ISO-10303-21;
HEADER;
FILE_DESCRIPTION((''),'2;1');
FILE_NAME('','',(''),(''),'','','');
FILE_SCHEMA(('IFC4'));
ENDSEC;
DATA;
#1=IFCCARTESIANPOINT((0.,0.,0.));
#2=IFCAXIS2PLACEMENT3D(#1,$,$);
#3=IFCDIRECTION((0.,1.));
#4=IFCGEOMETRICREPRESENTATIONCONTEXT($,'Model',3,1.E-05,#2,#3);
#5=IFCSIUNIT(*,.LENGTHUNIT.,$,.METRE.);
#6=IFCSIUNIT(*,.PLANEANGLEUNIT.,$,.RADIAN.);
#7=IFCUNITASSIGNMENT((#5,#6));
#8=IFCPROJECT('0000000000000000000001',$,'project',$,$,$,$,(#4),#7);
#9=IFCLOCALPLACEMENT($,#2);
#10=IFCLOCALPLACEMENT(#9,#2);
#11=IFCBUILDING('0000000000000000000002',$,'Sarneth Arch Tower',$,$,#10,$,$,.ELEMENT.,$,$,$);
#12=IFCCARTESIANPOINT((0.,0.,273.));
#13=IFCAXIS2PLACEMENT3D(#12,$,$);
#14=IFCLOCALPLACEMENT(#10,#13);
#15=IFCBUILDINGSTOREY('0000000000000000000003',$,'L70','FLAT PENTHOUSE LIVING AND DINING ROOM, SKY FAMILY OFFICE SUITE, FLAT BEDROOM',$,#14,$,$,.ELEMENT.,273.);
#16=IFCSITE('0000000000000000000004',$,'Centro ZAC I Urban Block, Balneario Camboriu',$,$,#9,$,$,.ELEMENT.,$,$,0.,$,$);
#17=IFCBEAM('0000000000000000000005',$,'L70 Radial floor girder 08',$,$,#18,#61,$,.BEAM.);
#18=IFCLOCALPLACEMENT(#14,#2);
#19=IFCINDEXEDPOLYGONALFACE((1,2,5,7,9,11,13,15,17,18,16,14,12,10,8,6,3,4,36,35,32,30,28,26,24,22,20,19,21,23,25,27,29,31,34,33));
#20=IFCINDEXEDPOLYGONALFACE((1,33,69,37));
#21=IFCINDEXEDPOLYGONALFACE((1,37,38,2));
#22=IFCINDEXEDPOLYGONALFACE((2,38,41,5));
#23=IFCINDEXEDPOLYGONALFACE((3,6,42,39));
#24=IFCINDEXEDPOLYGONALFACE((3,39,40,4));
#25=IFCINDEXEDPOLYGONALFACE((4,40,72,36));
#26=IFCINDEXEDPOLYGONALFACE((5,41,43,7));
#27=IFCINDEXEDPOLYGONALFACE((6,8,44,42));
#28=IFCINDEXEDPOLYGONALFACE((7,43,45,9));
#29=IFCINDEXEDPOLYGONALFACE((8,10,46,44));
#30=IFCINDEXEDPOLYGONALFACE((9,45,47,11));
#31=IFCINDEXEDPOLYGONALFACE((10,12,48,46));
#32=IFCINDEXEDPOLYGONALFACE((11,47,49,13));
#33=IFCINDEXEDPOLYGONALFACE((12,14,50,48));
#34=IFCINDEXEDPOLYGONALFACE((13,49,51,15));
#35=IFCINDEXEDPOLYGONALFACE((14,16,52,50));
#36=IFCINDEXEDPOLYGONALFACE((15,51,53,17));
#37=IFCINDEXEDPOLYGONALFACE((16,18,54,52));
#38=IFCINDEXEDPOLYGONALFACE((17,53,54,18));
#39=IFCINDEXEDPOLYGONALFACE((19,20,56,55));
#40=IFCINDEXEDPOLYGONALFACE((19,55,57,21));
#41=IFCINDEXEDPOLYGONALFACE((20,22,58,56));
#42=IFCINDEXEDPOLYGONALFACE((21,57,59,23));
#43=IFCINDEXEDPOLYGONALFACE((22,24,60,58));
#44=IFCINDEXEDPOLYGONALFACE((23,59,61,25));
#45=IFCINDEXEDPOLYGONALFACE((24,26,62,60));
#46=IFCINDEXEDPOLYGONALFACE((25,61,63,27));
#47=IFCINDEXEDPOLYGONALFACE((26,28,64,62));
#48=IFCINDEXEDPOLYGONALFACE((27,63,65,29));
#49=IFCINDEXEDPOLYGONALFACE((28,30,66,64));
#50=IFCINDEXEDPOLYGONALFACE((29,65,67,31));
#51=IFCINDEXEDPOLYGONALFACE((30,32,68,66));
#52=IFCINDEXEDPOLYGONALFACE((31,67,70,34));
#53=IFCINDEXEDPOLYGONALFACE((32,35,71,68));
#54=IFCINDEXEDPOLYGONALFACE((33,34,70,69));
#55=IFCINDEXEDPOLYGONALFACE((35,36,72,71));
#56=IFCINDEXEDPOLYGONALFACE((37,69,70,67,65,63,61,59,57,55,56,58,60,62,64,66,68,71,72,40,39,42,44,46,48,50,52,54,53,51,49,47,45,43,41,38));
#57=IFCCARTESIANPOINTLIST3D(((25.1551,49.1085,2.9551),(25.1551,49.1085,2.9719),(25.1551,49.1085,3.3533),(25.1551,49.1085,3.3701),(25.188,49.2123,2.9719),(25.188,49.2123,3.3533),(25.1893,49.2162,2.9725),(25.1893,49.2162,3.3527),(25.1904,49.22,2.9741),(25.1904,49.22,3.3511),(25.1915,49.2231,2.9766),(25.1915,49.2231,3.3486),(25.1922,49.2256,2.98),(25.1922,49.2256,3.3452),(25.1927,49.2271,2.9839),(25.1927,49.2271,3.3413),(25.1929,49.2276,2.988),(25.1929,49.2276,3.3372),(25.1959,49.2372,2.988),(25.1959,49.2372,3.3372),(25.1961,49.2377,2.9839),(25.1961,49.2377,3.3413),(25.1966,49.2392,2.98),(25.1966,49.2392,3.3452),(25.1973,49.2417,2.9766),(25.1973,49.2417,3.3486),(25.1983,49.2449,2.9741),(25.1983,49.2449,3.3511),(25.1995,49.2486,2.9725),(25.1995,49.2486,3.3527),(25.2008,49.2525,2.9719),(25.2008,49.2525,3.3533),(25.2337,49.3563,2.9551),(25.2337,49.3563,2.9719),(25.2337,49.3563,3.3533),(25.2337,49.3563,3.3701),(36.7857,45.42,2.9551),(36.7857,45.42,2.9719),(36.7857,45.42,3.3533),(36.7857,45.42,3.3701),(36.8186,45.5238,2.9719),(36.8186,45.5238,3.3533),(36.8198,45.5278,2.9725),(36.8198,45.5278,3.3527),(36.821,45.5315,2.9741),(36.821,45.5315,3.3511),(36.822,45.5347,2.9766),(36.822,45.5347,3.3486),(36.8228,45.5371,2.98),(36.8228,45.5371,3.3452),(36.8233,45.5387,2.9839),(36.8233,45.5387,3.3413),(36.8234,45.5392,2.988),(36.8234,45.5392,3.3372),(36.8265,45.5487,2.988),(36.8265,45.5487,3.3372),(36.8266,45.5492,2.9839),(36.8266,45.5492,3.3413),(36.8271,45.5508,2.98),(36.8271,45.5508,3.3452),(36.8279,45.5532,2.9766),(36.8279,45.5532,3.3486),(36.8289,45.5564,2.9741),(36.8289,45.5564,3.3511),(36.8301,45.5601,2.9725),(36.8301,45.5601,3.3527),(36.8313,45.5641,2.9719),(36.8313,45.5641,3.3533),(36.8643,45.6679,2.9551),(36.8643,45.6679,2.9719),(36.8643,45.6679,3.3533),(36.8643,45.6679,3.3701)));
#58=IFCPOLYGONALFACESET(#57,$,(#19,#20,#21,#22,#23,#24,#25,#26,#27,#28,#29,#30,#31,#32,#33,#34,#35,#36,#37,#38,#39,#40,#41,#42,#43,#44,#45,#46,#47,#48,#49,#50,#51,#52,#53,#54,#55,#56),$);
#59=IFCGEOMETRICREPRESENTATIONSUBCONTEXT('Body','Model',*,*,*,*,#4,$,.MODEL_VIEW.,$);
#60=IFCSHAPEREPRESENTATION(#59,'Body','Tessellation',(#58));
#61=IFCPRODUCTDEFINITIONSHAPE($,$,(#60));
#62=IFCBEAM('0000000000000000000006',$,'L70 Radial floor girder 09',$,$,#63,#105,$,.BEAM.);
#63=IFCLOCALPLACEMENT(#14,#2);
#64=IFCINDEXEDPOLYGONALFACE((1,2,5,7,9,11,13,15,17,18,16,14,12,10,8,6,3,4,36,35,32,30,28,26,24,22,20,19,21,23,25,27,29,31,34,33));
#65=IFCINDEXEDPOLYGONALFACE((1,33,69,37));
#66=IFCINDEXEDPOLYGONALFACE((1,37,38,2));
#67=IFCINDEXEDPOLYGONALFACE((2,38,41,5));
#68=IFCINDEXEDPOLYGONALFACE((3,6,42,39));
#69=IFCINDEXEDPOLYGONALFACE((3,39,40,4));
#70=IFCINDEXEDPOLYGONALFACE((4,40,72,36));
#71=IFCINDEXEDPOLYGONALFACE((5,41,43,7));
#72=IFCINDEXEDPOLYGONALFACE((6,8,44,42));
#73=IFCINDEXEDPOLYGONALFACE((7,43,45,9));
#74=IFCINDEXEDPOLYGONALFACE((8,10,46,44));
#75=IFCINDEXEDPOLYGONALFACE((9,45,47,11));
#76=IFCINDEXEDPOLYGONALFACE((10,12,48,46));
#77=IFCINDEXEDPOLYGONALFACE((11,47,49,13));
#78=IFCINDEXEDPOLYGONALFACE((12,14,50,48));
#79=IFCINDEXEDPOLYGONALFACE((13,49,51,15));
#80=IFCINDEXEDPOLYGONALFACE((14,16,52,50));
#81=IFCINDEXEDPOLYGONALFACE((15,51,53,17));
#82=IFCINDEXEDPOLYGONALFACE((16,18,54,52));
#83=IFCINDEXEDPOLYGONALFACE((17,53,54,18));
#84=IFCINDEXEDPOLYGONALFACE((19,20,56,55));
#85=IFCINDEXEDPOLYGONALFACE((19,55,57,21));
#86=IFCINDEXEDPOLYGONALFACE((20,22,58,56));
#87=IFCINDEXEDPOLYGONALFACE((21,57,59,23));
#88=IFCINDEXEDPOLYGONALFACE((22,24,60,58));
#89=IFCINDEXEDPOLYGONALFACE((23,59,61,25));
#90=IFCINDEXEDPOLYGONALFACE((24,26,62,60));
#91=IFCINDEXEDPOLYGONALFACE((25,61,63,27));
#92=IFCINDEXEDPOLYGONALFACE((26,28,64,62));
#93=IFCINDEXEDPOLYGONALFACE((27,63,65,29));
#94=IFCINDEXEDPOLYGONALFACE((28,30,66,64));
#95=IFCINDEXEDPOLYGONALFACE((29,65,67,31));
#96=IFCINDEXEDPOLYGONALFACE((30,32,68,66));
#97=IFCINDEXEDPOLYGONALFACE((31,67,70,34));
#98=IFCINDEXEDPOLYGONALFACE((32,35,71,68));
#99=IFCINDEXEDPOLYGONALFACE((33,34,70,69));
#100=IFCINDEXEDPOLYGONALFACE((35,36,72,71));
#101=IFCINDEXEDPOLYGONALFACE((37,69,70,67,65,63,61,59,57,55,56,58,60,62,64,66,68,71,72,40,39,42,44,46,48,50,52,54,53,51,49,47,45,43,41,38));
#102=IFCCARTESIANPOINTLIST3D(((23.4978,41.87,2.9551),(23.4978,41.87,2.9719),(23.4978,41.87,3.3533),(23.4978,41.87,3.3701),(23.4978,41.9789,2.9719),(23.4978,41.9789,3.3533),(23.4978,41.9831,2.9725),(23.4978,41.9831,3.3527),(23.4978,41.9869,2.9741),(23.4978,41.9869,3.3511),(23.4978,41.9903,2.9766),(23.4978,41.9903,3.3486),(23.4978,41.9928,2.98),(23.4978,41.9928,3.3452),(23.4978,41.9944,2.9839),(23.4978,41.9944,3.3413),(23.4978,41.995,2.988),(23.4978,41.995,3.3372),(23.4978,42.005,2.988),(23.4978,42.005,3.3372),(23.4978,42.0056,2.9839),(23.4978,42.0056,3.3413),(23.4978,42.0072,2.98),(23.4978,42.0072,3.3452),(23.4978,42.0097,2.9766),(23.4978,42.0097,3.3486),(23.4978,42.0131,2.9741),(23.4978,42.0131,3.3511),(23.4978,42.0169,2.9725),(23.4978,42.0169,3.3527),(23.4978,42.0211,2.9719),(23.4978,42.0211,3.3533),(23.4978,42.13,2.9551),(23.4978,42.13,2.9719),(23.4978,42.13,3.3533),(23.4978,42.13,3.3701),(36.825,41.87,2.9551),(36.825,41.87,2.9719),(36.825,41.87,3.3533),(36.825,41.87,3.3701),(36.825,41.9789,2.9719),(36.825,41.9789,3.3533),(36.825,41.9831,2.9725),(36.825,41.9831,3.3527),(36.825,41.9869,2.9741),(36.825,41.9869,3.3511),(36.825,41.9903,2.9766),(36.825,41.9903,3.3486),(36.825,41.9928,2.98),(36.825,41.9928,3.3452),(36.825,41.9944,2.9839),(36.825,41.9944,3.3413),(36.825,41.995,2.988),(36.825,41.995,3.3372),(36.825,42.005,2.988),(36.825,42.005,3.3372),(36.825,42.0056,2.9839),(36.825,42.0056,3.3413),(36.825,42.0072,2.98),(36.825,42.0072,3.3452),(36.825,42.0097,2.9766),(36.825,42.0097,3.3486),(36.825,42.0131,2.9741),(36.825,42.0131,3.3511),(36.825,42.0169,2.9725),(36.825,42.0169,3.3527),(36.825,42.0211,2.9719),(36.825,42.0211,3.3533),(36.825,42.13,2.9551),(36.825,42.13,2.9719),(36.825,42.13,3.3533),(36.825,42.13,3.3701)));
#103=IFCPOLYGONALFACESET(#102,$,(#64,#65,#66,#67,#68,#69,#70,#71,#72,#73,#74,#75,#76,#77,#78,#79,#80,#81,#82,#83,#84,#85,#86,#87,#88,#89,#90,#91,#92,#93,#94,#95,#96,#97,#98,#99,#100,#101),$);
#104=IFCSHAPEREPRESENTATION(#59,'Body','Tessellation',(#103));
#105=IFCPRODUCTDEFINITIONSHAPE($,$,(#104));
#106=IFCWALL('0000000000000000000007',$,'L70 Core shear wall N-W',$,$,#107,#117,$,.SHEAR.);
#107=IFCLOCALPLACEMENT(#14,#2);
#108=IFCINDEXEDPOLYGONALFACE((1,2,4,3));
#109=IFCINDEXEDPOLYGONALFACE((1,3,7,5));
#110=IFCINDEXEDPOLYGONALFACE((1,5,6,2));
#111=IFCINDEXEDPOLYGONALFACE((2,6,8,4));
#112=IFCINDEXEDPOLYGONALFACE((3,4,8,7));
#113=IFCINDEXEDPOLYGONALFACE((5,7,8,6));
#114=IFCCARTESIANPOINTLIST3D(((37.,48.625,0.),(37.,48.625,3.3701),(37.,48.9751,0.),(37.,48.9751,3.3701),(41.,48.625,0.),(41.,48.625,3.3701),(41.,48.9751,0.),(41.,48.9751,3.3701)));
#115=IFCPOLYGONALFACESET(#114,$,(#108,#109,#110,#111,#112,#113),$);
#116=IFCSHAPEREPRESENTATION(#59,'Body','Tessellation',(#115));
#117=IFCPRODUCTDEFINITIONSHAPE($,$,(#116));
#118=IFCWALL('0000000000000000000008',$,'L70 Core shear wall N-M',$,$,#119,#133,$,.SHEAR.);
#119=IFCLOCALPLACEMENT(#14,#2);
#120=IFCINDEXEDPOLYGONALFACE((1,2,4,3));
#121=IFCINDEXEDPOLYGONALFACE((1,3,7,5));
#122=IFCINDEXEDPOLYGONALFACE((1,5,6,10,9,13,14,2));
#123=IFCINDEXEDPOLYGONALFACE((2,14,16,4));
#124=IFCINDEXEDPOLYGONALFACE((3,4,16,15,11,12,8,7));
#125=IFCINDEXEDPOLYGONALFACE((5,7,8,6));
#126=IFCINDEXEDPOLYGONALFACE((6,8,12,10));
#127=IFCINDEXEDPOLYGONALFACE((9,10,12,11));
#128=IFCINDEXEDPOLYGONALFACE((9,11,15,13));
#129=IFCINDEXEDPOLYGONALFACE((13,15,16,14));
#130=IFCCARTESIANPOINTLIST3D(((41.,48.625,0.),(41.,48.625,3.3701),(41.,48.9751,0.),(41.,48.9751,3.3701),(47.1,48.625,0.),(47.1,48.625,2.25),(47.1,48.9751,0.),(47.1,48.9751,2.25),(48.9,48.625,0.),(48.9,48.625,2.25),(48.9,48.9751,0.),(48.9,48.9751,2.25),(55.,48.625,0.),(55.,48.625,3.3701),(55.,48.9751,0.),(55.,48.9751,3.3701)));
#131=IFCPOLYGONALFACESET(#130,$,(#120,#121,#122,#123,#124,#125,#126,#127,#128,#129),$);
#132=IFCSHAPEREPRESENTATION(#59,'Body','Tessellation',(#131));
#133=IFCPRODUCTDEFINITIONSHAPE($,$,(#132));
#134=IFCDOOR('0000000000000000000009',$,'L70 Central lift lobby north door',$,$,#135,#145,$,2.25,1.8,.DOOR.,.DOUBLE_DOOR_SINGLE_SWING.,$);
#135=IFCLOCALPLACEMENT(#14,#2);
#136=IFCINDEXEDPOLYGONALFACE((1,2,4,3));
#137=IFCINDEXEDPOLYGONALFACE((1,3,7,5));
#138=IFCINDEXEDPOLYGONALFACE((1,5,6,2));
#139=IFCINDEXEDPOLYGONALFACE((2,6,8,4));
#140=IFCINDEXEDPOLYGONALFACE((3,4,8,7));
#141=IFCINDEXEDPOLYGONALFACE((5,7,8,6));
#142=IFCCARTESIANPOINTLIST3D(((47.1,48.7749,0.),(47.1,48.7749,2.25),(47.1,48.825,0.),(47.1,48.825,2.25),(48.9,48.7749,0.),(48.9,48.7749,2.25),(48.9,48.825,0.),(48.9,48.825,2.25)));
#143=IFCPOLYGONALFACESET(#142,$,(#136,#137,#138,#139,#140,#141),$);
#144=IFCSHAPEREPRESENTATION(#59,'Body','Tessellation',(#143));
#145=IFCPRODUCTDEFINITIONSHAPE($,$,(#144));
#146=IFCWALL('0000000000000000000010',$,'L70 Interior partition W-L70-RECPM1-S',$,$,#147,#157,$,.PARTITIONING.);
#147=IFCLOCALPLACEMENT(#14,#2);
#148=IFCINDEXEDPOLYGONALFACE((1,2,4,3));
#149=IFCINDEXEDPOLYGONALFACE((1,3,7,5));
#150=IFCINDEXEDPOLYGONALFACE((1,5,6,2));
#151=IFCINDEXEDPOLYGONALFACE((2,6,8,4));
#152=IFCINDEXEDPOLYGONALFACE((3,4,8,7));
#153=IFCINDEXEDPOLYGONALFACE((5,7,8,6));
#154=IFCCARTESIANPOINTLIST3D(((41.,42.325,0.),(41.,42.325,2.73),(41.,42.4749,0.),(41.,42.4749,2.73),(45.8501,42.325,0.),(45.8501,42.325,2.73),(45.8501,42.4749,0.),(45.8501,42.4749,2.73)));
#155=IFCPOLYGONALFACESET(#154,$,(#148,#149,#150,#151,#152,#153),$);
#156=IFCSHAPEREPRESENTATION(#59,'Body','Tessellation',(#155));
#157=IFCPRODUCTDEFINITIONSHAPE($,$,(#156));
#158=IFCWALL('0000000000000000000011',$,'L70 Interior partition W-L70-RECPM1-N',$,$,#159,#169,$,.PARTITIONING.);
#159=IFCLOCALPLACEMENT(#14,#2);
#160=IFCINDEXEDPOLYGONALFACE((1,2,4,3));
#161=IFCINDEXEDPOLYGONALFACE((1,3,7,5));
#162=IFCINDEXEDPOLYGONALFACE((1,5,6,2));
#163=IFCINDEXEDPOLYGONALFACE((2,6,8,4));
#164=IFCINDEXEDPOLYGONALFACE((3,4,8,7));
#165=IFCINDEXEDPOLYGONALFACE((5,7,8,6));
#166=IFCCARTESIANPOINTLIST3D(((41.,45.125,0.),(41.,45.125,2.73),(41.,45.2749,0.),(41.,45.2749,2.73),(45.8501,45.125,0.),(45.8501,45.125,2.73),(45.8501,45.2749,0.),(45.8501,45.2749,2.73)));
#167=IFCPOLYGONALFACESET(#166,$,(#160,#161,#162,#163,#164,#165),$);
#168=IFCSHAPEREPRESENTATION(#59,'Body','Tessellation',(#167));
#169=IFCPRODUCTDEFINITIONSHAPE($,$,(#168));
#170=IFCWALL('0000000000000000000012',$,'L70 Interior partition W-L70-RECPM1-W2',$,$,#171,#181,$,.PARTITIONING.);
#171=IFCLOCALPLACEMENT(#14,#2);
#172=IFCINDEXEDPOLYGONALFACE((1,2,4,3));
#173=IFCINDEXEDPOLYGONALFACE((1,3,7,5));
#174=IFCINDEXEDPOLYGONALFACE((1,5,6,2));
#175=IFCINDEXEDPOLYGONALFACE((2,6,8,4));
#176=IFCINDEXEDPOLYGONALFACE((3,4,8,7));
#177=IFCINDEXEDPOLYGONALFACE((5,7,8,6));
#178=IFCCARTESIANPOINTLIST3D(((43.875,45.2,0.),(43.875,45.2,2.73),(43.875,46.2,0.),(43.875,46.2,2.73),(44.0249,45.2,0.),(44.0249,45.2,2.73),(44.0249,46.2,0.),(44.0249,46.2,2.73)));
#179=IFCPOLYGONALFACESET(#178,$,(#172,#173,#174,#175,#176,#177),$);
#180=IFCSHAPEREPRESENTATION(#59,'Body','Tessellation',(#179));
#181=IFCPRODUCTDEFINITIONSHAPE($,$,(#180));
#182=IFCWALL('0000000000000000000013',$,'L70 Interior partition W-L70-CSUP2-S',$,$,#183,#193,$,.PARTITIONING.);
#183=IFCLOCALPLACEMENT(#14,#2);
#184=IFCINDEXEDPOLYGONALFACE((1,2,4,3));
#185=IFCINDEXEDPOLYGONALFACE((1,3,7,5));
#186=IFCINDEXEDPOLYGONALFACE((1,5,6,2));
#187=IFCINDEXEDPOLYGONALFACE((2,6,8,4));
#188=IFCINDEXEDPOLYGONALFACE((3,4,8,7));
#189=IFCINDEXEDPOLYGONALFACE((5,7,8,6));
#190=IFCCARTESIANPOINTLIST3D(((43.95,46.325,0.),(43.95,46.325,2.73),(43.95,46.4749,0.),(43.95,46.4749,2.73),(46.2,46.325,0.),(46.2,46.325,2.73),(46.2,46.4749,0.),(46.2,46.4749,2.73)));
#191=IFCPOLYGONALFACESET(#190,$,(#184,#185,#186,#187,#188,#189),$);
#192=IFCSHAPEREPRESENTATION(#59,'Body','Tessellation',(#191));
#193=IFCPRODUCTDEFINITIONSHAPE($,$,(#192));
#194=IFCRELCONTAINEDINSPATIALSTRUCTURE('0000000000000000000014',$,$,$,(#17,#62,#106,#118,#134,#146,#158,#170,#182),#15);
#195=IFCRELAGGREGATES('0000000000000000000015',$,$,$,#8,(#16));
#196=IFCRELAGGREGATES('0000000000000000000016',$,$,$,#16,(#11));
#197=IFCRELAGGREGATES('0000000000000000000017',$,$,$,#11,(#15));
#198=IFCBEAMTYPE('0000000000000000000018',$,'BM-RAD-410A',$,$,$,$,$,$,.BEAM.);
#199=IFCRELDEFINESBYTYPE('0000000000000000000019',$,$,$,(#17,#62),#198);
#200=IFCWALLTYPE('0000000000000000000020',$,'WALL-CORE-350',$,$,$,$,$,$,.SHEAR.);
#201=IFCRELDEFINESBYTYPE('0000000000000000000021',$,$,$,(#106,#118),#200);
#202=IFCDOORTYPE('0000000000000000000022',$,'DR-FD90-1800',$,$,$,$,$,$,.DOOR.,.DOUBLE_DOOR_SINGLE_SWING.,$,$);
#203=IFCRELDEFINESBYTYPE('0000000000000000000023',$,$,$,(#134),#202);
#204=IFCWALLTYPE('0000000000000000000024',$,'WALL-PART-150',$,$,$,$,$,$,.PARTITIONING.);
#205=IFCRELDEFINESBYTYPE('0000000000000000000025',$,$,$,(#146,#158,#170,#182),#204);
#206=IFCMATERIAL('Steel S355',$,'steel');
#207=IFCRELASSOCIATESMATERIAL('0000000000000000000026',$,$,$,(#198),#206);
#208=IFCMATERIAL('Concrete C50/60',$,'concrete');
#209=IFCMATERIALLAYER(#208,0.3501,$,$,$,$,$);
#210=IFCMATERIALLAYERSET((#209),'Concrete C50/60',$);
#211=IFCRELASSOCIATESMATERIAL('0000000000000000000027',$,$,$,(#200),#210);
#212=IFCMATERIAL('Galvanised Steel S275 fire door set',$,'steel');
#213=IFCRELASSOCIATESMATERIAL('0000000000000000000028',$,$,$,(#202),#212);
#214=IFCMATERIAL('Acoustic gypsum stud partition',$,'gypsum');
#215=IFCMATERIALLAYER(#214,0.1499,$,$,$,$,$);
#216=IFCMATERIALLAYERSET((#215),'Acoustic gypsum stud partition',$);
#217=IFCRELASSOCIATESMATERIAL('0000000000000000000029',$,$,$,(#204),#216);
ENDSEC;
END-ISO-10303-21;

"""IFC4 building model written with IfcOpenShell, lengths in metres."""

from ifc_helpers import new_model, si_unit, direction, frame, frame_2d, origin, origin_2d, place, context, subcontext, project, spatial, rectangle, i_section, extrude, material, layer, layer_set, material_profile, profile_set, type_object, element, fill, save


model = new_model("IFC4")

# Units and contexts
model_context = context("Model", 3, precision=1e-05, world=origin(), true_north=direction((0.0, 1.0)))
body_context = subcontext(model_context, "Body", "Model", "MODEL_VIEW")
ifc_project = project(units=[si_unit("LENGTHUNIT", "METRE"), si_unit("PLANEANGLEUNIT", "RADIAN")], contexts=[model_context])

# Site, building, storey
site_placement = place(None, origin())
site = spatial("IfcSite", under=ifc_project, at=site_placement, Name="Centro ZAC I Urban Block, Balneario Camboriu", CompositionType="ELEMENT", RefElevation=0.0)
building_placement = place(site_placement, origin())
building = spatial("IfcBuilding", under=site, at=building_placement, Name="Sarneth Arch Tower", CompositionType="ELEMENT")
storey_placement = place(building_placement, frame((0.0, 0.0, 273.0)))
storey = spatial("IfcBuildingStorey", under=building, at=storey_placement, Name="L70", Description="FLAT PENTHOUSE LIVING AND DINING ROOM, SKY FAMILY OFFICE SUITE, FLAT BEDROOM", CompositionType="ELEMENT", Elevation=273.0)

# Beams
ifc_material_1 = material(Name="Steel S355", Category="steel")
ifc_material_profile_1 = material_profile(ifc_material_1, i_section(OverallWidth=0.26, OverallDepth=0.415, WebThickness=0.01, FlangeThickness=0.0168, FilletRadius=0.0161, at=origin_2d()), Name="W410x100")
ifc_profile_set_1 = profile_set([ifc_material_profile_1], Name="Steel S355")
beam_type_1 = type_object("IfcBeamType", Name="BM-RAD-410A", PredefinedType="BEAM", material=ifc_profile_set_1)
beam_1_placement = place(storey_placement, frame((36.825, 45.5439, 3.1626), z_axis=(-0.953214, 0.302298, 0.0), x_axis=(-0.302298, -0.953214, 0.0)))
element("IfcBeam", 1, at=beam_1_placement, inside=storey, type_object=beam_type_1, Name="L70 Radial floor girder 08", PredefinedType="BEAM", context=body_context, shape_type="SweptSolid", body=[
    extrude(i_section(OverallWidth=0.26, OverallDepth=0.415, WebThickness=0.01, FlangeThickness=0.0168, FilletRadius=0.0161, at=origin_2d()), origin(), (0.0, 0.0, 1.0), 12.2014),
])
beam_2_placement = place(storey_placement, frame((36.825, 42.0, 3.1626), z_axis=(-1.0, 0.0, 0.0), x_axis=(0.0, -1.0, 0.0)))
element("IfcBeam", 2, at=beam_2_placement, inside=storey, type_object=beam_type_1, Name="L70 Radial floor girder 09", PredefinedType="BEAM", context=body_context, shape_type="SweptSolid", body=[
    extrude(i_section(OverallWidth=0.26, OverallDepth=0.415, WebThickness=0.01, FlangeThickness=0.0168, FilletRadius=0.0161, at=origin_2d()), origin(), (0.0, 0.0, 1.0), 13.3271),
])

# Wall
ifc_material_2 = material(Name="Concrete C50/60", Category="concrete")
ifc_layer_1 = layer(ifc_material_2, 0.3501)
ifc_layer_set_1 = layer_set([ifc_layer_1], Name="Concrete C50/60")
wall_type_1 = type_object("IfcWallType", Name="WALL-CORE-350", PredefinedType="SHEAR", material=ifc_layer_set_1)
wall_1_placement = place(storey_placement, frame((37.0, 48.8, 0.0), z_axis=(0.0, 0.0, 1.0), x_axis=(1.0, 0.0, 0.0)))
element("IfcWall", 3, at=wall_1_placement, inside=storey, type_object=wall_type_1, Name="L70 Core shear wall N-W", PredefinedType="SHEAR", context=body_context, shape_type="SweptSolid", body=[
    extrude(rectangle(XDim=4.0, YDim=0.3501, at=frame_2d((2.0, 0.0))), origin(), (0.0, 0.0, 1.0), 3.3701),
])

# Wall, opening, door
wall_2_placement = place(storey_placement, frame((41.0, 48.8, 0.0), z_axis=(0.0, 0.0, 1.0), x_axis=(1.0, 0.0, 0.0)))
wall_2 = element("IfcWall", 4, at=wall_2_placement, inside=storey, type_object=wall_type_1, Name="L70 Core shear wall N-M", PredefinedType="SHEAR", context=body_context, shape_type="SweptSolid", body=[
    extrude(rectangle(XDim=14.0, YDim=0.3501, at=frame_2d((7.0, 0.0))), origin(), (0.0, 0.0, 1.0), 3.3701),
])
opening_1_placement = place(wall_2_placement, frame((6.1001, 0.0, 0.0)))
opening_1 = element("IfcOpeningElement", 5, at=opening_1_placement, cuts=wall_2, PredefinedType="OPENING", context=body_context, shape_type="SweptSolid", body=[
    extrude(rectangle(XDim=1.8, YDim=2.25, at=frame_2d((0.8999, 1.125))), frame((0.0, 0.1851, 0.0), z_axis=(0.0, -1.0, 0.0), x_axis=(1.0, 0.0, 0.0)), (0.0, 0.0, 1.0), 0.3701),
])
ifc_material_3 = material(Name="Galvanised Steel S275 fire door set", Category="steel")
door_type_1 = type_object("IfcDoorType", Name="DR-FD90-1800", OperationType="DOUBLE_DOOR_SINGLE_SWING", PredefinedType="DOOR", material=ifc_material_3)
door_1_placement = place(opening_1_placement, origin())
door_1 = element("IfcDoor", 6, at=door_1_placement, inside=storey, type_object=door_type_1, Name="L70 Central lift lobby north door", OperationType="DOUBLE_DOOR_SINGLE_SWING", OverallHeight=2.25, OverallWidth=1.8, PredefinedType="DOOR", context=body_context, shape_type="SweptSolid", body=[
    extrude(rectangle(XDim=1.8, YDim=2.25, at=frame_2d((0.8999, 1.125))), frame((0.0, 0.0249, 0.0), z_axis=(0.0, -1.0, 0.0), x_axis=(1.0, 0.0, 0.0)), (0.0, 0.0, 1.0), 0.05),
])
fill(opening_1, door_1)

# Walls
ifc_material_4 = material(Name="Acoustic gypsum stud partition", Category="gypsum")
ifc_layer_2 = layer(ifc_material_4, 0.1499)
ifc_layer_set_2 = layer_set([ifc_layer_2], Name="Acoustic gypsum stud partition")
wall_type_2 = type_object("IfcWallType", Name="WALL-PART-150", PredefinedType="PARTITIONING", material=ifc_layer_set_2)
for number, where, z_axis, x_axis, name in (
    (7, (41.0, 42.3999, 0.0), (0.0, 0.0, 1.0), (1.0, 0.0, 0.0), "L70 Interior partition W-L70-RECPM1-S"),
    (8, (41.0, 45.2, 0.0), (0.0, 0.0, 1.0), (1.0, 0.0, 0.0), "L70 Interior partition W-L70-RECPM1-N"),
):
    element("IfcWall", number, at=place(storey_placement, frame(where, z_axis=z_axis, x_axis=x_axis)), inside=storey, type_object=wall_type_2, Name=name, PredefinedType="PARTITIONING", context=body_context, shape_type="SweptSolid", body=[
        extrude(rectangle(XDim=4.8501, YDim=0.1499, at=frame_2d((2.425, 0.0))), origin(), (0.0, 0.0, 1.0), 2.73),
    ])
wall_3_placement = place(storey_placement, frame((43.95, 45.2, 0.0), z_axis=(0.0, 0.0, 1.0), x_axis=(0.0, 1.0, 0.0)))
element("IfcWall", 9, at=wall_3_placement, inside=storey, type_object=wall_type_2, Name="L70 Interior partition W-L70-RECPM1-W2", PredefinedType="PARTITIONING", context=body_context, shape_type="SweptSolid", body=[
    extrude(rectangle(XDim=1.0, YDim=0.1499, at=frame_2d((0.5, 0.0))), origin(), (0.0, 0.0, 1.0), 2.73),
])

# Wall
wall_4_placement = place(storey_placement, frame((43.95, 46.3999, 0.0), z_axis=(0.0, 0.0, 1.0), x_axis=(1.0, 0.0, 0.0)))
element("IfcWall", 10, at=wall_4_placement, inside=storey, type_object=wall_type_2, Name="L70 Interior partition W-L70-CSUP2-S", PredefinedType="PARTITIONING", context=body_context, shape_type="SweptSolid", body=[
    extrude(rectangle(XDim=2.25, YDim=0.1499, at=frame_2d((1.125, 0.0))), origin(), (0.0, 0.0, 1.0), 2.73),
])

save(model, "model.ifc")
